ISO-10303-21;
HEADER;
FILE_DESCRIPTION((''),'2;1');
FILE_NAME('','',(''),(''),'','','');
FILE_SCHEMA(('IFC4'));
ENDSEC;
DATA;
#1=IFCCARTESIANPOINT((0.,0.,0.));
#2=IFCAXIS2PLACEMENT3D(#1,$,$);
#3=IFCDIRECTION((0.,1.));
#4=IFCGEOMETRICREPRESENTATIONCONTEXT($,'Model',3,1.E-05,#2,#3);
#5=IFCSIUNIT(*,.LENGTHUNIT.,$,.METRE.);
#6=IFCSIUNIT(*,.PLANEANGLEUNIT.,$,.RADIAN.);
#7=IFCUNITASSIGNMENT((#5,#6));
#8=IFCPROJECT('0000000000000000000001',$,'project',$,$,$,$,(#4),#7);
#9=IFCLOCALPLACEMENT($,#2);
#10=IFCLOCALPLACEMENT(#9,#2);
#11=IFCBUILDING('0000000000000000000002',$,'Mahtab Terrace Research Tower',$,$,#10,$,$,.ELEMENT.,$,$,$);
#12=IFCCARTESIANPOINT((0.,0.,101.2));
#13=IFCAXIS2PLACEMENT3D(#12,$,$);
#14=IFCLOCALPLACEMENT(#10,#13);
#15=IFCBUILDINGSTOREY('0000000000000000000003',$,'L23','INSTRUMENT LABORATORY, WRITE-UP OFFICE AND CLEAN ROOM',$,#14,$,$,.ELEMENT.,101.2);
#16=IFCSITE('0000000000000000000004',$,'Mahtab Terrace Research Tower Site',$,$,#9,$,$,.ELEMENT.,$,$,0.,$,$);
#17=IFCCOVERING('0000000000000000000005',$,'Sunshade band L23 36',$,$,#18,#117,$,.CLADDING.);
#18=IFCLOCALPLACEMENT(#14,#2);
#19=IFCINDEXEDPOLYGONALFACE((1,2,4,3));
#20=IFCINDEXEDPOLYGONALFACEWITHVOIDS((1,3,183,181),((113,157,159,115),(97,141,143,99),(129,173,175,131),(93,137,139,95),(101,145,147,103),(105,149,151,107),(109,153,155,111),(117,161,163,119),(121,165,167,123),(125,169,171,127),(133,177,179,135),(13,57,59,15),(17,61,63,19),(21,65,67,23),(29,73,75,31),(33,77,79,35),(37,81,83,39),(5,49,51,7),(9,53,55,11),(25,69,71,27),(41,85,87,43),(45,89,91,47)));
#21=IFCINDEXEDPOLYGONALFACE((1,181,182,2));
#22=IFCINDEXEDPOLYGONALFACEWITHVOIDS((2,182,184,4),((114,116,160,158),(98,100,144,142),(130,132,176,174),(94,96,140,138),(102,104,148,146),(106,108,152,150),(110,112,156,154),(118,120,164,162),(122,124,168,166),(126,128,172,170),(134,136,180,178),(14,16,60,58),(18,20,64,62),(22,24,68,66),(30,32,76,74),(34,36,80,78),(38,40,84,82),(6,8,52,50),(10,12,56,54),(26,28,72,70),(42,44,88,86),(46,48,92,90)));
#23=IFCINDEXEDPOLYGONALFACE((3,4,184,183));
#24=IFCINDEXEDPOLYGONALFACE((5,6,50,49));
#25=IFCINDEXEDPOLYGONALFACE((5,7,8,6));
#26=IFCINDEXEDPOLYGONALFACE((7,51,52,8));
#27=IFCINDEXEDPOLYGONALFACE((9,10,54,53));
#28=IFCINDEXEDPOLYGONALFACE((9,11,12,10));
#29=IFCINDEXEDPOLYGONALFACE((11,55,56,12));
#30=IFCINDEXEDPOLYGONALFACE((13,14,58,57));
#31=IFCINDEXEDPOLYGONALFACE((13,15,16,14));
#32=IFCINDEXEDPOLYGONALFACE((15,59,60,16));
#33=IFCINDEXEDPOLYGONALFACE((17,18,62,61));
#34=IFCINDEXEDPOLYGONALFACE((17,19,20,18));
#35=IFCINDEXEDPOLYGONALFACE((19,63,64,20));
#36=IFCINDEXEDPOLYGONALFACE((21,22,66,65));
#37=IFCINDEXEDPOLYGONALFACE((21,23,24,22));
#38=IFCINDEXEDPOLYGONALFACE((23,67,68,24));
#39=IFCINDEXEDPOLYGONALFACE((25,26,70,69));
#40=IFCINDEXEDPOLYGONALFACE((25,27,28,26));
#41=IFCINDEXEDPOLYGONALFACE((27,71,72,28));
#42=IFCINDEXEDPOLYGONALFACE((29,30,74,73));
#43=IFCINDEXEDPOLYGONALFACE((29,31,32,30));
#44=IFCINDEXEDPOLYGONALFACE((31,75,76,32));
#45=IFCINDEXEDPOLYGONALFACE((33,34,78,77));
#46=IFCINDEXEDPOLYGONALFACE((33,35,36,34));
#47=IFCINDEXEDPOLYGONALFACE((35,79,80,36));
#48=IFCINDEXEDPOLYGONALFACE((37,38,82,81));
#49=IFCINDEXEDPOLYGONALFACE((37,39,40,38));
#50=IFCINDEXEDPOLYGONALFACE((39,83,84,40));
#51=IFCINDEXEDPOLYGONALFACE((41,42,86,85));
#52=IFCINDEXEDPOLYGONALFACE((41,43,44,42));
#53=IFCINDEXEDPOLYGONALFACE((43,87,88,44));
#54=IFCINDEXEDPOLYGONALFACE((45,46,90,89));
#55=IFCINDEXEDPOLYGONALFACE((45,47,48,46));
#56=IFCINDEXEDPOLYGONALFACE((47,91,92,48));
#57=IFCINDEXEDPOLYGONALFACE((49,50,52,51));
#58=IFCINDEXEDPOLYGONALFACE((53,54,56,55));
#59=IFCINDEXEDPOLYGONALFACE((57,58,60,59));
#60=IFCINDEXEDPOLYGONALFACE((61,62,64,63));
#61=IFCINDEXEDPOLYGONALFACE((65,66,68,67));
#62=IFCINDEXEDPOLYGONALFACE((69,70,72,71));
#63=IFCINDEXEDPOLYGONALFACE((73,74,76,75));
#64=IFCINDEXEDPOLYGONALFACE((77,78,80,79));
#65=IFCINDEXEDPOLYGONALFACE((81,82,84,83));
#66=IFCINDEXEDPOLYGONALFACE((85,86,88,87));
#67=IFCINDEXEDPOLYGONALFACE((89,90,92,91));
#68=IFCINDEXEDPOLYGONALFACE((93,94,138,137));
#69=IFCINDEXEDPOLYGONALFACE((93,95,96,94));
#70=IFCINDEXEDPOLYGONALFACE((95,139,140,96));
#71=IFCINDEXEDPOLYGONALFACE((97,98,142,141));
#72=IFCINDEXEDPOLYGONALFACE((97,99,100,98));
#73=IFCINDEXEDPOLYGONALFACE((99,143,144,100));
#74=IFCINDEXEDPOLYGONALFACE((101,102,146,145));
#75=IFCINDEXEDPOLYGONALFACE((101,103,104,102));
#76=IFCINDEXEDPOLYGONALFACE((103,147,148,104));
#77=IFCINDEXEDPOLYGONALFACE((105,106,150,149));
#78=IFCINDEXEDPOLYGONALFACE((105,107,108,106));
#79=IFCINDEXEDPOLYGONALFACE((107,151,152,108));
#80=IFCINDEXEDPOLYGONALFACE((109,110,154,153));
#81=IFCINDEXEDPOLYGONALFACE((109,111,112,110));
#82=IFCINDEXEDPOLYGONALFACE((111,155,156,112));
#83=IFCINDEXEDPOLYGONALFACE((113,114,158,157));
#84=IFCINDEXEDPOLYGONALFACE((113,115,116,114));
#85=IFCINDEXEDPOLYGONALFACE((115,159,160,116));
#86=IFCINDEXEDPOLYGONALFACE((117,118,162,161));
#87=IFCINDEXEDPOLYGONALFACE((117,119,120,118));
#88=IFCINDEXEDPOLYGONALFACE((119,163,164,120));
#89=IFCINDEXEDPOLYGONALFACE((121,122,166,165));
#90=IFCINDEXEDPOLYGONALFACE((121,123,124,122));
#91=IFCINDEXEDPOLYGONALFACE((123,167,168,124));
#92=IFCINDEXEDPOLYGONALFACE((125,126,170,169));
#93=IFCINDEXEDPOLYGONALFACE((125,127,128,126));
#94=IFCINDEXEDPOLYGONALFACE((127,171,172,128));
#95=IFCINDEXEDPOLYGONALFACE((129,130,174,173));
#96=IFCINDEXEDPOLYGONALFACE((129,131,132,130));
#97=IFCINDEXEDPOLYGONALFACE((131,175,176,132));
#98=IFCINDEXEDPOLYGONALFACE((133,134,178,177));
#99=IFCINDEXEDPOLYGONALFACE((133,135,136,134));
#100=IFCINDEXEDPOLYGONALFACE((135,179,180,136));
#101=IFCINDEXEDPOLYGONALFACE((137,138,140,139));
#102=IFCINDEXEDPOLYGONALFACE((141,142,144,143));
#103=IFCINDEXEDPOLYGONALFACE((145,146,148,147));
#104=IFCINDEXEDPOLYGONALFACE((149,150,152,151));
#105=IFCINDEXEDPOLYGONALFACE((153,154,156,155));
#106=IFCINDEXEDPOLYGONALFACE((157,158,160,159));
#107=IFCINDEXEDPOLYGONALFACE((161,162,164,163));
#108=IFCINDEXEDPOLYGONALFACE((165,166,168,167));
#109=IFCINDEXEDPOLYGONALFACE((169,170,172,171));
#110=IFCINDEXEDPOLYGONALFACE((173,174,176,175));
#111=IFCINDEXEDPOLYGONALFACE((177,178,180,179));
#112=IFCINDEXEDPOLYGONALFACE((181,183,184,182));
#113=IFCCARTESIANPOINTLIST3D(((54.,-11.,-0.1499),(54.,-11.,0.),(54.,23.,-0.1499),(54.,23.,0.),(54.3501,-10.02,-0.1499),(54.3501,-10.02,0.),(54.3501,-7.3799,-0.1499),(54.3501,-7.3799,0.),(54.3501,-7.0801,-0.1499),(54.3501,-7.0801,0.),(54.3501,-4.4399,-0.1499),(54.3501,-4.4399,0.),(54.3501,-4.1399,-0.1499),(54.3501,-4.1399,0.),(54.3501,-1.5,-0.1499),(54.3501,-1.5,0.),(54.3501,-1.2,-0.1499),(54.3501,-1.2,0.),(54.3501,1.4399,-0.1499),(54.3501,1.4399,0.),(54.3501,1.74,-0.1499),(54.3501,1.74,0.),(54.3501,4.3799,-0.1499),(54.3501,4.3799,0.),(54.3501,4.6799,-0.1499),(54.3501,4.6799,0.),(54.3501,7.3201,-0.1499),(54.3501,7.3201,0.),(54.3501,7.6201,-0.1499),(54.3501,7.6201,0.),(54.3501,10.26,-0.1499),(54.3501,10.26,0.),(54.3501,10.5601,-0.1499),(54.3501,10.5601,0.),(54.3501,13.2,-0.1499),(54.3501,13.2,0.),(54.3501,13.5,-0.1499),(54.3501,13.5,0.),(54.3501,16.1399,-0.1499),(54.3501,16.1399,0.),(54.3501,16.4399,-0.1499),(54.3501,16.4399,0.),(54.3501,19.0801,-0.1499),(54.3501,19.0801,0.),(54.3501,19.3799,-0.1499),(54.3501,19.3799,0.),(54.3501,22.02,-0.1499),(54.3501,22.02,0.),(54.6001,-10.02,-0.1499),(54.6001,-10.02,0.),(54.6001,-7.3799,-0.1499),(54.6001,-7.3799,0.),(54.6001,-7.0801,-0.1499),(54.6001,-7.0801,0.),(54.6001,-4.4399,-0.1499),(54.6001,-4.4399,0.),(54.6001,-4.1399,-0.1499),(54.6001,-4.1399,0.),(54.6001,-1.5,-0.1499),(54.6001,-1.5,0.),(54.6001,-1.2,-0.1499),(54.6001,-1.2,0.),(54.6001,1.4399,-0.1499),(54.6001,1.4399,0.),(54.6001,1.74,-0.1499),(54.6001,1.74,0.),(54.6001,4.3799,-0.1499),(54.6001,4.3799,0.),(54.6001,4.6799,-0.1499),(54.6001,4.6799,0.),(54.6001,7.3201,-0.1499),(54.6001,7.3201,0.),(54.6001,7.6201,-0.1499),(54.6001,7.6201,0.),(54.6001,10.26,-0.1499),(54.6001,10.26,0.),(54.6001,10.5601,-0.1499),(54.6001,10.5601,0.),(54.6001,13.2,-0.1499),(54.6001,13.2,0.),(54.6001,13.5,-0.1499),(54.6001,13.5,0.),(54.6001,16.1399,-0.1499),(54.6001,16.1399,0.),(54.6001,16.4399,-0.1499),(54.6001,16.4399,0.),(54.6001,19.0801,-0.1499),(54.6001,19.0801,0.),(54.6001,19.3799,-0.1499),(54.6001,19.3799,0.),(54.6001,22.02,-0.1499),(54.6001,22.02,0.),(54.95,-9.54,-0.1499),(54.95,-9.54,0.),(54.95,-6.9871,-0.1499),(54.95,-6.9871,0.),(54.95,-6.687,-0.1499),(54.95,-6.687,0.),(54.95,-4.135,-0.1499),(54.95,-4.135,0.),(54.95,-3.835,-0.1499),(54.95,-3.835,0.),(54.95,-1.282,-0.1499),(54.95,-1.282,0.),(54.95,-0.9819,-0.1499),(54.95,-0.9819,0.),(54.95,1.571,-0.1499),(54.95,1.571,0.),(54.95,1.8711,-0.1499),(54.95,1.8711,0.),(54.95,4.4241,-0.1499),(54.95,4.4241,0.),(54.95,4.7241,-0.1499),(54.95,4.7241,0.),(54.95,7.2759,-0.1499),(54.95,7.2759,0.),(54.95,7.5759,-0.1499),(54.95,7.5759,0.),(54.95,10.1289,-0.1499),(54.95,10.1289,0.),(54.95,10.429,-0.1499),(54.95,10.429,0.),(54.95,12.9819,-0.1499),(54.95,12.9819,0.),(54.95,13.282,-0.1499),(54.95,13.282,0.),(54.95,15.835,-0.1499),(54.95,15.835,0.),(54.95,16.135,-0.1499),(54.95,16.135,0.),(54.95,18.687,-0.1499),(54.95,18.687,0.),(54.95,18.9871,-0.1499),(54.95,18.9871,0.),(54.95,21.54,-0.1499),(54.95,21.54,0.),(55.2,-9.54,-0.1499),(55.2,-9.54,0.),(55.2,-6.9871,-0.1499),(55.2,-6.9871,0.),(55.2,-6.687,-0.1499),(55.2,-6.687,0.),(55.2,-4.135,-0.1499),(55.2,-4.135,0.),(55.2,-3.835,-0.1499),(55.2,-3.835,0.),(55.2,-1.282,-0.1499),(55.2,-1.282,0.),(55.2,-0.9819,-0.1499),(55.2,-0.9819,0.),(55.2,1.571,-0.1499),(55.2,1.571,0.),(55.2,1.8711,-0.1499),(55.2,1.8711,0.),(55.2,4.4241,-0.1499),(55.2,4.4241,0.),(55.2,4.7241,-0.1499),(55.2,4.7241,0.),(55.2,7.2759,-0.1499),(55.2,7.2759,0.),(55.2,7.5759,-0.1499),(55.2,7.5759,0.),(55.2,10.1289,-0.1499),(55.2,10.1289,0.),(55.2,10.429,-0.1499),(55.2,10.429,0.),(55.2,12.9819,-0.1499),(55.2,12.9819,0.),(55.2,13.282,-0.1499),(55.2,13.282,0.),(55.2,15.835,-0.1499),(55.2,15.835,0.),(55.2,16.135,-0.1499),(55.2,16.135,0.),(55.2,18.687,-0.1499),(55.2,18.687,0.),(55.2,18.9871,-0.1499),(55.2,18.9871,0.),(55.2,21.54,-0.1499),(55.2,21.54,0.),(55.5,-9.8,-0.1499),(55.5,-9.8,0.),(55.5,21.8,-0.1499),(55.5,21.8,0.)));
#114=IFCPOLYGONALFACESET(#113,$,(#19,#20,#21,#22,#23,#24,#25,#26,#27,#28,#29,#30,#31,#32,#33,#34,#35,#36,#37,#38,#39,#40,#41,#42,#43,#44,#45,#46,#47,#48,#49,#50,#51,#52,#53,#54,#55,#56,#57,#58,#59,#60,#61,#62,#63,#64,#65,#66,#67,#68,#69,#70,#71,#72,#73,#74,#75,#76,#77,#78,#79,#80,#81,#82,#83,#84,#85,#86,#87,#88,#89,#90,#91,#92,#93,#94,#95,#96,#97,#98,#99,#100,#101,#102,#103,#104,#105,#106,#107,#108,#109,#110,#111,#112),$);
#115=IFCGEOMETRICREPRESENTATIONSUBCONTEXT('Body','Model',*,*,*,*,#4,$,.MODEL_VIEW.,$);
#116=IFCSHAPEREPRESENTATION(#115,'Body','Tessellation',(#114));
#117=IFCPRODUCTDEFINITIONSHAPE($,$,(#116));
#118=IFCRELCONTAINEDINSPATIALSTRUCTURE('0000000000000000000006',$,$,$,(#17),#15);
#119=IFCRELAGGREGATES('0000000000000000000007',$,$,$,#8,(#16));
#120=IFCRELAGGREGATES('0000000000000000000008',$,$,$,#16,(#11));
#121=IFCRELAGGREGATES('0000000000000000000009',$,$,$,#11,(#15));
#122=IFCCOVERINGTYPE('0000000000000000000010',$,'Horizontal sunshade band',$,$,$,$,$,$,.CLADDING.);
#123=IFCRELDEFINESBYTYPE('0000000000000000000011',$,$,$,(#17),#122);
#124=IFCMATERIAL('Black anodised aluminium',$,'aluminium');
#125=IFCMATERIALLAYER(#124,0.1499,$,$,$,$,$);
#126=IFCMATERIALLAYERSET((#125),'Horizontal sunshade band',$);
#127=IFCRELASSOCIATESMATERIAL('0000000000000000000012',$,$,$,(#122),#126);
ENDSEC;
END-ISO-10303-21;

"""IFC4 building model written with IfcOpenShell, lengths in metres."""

from ifc_helpers import new_model, si_unit, direction, frame, origin, place, context, subcontext, project, spatial, polyline, outline, extrude, material, layer, layer_set, type_object, element, save


model = new_model("IFC4")

# Units and contexts
model_context = context("Model", 3, precision=1e-05, world=origin(), true_north=direction((0.0, 1.0)))
body_context = subcontext(model_context, "Body", "Model", "MODEL_VIEW")
ifc_project = project(units=[si_unit("LENGTHUNIT", "METRE"), si_unit("PLANEANGLEUNIT", "RADIAN")], contexts=[model_context])

# Site, building, storey
site_placement = place(None, origin())
site = spatial("IfcSite", under=ifc_project, at=site_placement, Name="Mahtab Terrace Research Tower Site", CompositionType="ELEMENT", RefElevation=0.0)
building_placement = place(site_placement, origin())
building = spatial("IfcBuilding", under=site, at=building_placement, Name="Mahtab Terrace Research Tower", CompositionType="ELEMENT")
storey_placement = place(building_placement, frame((0.0, 0.0, 101.2)))
storey = spatial("IfcBuildingStorey", under=building, at=storey_placement, Name="L23", Description="INSTRUMENT LABORATORY, WRITE-UP OFFICE AND CLEAN ROOM", CompositionType="ELEMENT", Elevation=101.2)

# Covering
ifc_material_1 = material(Name="Black anodised aluminium", Category="aluminium")
ifc_layer_1 = layer(ifc_material_1, 0.1499)
ifc_layer_set_1 = layer_set([ifc_layer_1], Name="Horizontal sunshade band")
covering_type_1 = type_object("IfcCoveringType", Name="Horizontal sunshade band", PredefinedType="CLADDING", material=ifc_layer_set_1)
covering_1_placement = place(storey_placement, frame((0.0, 0.0, -0.1499)))
element("IfcCovering", 1, at=covering_1_placement, inside=storey, type_object=covering_type_1, Name="Sunshade band L23 36", PredefinedType="CLADDING", context=body_context, shape_type="SweptSolid", body=[
    extrude(outline(polyline([(54.0, -11.0), (54.0, 23.0), (55.5, 21.8), (55.5, -9.8), (54.0, -11.0)]), holes=[polyline([(54.3501, -10.02), (54.3501, -7.3799), (54.6001, -7.3799), (54.6001, -10.02), (54.3501, -10.02)]), polyline([(54.3501, -7.0801), (54.3501, -4.4399), (54.6001, -4.4399), (54.6001, -7.0801), (54.3501, -7.0801)]), polyline([(54.3501, -4.1399), (54.3501, -1.5), (54.6001, -1.5), (54.6001, -4.1399), (54.3501, -4.1399)]), polyline([(54.3501, -1.2), (54.3501, 1.4399), (54.6001, 1.4399), (54.6001, -1.2), (54.3501, -1.2)]), polyline([(54.3501, 1.74), (54.3501, 4.3799), (54.6001, 4.3799), (54.6001, 1.74), (54.3501, 1.74)]), polyline([(54.3501, 4.6799), (54.3501, 7.3201), (54.6001, 7.3201), (54.6001, 4.6799), (54.3501, 4.6799)]), polyline([(54.3501, 7.6201), (54.3501, 10.26), (54.6001, 10.26), (54.6001, 7.6201), (54.3501, 7.6201)]), polyline([(54.3501, 10.5601), (54.3501, 13.2), (54.6001, 13.2), (54.6001, 10.5601), (54.3501, 10.5601)]), polyline([(54.3501, 13.5), (54.3501, 16.1399), (54.6001, 16.1399), (54.6001, 13.5), (54.3501, 13.5)]), polyline([(54.3501, 16.4399), (54.3501, 19.0801), (54.6001, 19.0801), (54.6001, 16.4399), (54.3501, 16.4399)]), polyline([(54.3501, 19.3799), (54.3501, 22.02), (54.6001, 22.02), (54.6001, 19.3799), (54.3501, 19.3799)]), polyline([(54.95, -9.54), (54.95, -6.9871), (55.2, -6.9871), (55.2, -9.54), (54.95, -9.54)]), polyline([(54.95, -6.687), (54.95, -4.135), (55.2, -4.135), (55.2, -6.687), (54.95, -6.687)]), polyline([(54.95, -3.835), (54.95, -1.282), (55.2, -1.282), (55.2, -3.835), (54.95, -3.835)]), polyline([(54.95, -0.9819), (54.95, 1.571), (55.2, 1.571), (55.2, -0.9819), (54.95, -0.9819)]), polyline([(54.95, 1.8711), (54.95, 4.4241), (55.2, 4.4241), (55.2, 1.8711), (54.95, 1.8711)]), polyline([(54.95, 4.7241), (54.95, 7.2759), (55.2, 7.2759), (55.2, 4.7241), (54.95, 4.7241)]), polyline([(54.95, 7.5759), (54.95, 10.1289), (55.2, 10.1289), (55.2, 7.5759), (54.95, 7.5759)]), polyline([(54.95, 10.429), (54.95, 12.9819), (55.2, 12.9819), (55.2, 10.429), (54.95, 10.429)]), polyline([(54.95, 13.282), (54.95, 15.835), (55.2, 15.835), (55.2, 13.282), (54.95, 13.282)]), polyline([(54.95, 16.135), (54.95, 18.687), (55.2, 18.687), (55.2, 16.135), (54.95, 16.135)]), polyline([(54.95, 18.9871), (54.95, 21.54), (55.2, 21.54), (55.2, 18.9871), (54.95, 18.9871)])]), origin(), (0.0, 0.0, 1.0), 0.1499),
])

save(model, "model.ifc")
